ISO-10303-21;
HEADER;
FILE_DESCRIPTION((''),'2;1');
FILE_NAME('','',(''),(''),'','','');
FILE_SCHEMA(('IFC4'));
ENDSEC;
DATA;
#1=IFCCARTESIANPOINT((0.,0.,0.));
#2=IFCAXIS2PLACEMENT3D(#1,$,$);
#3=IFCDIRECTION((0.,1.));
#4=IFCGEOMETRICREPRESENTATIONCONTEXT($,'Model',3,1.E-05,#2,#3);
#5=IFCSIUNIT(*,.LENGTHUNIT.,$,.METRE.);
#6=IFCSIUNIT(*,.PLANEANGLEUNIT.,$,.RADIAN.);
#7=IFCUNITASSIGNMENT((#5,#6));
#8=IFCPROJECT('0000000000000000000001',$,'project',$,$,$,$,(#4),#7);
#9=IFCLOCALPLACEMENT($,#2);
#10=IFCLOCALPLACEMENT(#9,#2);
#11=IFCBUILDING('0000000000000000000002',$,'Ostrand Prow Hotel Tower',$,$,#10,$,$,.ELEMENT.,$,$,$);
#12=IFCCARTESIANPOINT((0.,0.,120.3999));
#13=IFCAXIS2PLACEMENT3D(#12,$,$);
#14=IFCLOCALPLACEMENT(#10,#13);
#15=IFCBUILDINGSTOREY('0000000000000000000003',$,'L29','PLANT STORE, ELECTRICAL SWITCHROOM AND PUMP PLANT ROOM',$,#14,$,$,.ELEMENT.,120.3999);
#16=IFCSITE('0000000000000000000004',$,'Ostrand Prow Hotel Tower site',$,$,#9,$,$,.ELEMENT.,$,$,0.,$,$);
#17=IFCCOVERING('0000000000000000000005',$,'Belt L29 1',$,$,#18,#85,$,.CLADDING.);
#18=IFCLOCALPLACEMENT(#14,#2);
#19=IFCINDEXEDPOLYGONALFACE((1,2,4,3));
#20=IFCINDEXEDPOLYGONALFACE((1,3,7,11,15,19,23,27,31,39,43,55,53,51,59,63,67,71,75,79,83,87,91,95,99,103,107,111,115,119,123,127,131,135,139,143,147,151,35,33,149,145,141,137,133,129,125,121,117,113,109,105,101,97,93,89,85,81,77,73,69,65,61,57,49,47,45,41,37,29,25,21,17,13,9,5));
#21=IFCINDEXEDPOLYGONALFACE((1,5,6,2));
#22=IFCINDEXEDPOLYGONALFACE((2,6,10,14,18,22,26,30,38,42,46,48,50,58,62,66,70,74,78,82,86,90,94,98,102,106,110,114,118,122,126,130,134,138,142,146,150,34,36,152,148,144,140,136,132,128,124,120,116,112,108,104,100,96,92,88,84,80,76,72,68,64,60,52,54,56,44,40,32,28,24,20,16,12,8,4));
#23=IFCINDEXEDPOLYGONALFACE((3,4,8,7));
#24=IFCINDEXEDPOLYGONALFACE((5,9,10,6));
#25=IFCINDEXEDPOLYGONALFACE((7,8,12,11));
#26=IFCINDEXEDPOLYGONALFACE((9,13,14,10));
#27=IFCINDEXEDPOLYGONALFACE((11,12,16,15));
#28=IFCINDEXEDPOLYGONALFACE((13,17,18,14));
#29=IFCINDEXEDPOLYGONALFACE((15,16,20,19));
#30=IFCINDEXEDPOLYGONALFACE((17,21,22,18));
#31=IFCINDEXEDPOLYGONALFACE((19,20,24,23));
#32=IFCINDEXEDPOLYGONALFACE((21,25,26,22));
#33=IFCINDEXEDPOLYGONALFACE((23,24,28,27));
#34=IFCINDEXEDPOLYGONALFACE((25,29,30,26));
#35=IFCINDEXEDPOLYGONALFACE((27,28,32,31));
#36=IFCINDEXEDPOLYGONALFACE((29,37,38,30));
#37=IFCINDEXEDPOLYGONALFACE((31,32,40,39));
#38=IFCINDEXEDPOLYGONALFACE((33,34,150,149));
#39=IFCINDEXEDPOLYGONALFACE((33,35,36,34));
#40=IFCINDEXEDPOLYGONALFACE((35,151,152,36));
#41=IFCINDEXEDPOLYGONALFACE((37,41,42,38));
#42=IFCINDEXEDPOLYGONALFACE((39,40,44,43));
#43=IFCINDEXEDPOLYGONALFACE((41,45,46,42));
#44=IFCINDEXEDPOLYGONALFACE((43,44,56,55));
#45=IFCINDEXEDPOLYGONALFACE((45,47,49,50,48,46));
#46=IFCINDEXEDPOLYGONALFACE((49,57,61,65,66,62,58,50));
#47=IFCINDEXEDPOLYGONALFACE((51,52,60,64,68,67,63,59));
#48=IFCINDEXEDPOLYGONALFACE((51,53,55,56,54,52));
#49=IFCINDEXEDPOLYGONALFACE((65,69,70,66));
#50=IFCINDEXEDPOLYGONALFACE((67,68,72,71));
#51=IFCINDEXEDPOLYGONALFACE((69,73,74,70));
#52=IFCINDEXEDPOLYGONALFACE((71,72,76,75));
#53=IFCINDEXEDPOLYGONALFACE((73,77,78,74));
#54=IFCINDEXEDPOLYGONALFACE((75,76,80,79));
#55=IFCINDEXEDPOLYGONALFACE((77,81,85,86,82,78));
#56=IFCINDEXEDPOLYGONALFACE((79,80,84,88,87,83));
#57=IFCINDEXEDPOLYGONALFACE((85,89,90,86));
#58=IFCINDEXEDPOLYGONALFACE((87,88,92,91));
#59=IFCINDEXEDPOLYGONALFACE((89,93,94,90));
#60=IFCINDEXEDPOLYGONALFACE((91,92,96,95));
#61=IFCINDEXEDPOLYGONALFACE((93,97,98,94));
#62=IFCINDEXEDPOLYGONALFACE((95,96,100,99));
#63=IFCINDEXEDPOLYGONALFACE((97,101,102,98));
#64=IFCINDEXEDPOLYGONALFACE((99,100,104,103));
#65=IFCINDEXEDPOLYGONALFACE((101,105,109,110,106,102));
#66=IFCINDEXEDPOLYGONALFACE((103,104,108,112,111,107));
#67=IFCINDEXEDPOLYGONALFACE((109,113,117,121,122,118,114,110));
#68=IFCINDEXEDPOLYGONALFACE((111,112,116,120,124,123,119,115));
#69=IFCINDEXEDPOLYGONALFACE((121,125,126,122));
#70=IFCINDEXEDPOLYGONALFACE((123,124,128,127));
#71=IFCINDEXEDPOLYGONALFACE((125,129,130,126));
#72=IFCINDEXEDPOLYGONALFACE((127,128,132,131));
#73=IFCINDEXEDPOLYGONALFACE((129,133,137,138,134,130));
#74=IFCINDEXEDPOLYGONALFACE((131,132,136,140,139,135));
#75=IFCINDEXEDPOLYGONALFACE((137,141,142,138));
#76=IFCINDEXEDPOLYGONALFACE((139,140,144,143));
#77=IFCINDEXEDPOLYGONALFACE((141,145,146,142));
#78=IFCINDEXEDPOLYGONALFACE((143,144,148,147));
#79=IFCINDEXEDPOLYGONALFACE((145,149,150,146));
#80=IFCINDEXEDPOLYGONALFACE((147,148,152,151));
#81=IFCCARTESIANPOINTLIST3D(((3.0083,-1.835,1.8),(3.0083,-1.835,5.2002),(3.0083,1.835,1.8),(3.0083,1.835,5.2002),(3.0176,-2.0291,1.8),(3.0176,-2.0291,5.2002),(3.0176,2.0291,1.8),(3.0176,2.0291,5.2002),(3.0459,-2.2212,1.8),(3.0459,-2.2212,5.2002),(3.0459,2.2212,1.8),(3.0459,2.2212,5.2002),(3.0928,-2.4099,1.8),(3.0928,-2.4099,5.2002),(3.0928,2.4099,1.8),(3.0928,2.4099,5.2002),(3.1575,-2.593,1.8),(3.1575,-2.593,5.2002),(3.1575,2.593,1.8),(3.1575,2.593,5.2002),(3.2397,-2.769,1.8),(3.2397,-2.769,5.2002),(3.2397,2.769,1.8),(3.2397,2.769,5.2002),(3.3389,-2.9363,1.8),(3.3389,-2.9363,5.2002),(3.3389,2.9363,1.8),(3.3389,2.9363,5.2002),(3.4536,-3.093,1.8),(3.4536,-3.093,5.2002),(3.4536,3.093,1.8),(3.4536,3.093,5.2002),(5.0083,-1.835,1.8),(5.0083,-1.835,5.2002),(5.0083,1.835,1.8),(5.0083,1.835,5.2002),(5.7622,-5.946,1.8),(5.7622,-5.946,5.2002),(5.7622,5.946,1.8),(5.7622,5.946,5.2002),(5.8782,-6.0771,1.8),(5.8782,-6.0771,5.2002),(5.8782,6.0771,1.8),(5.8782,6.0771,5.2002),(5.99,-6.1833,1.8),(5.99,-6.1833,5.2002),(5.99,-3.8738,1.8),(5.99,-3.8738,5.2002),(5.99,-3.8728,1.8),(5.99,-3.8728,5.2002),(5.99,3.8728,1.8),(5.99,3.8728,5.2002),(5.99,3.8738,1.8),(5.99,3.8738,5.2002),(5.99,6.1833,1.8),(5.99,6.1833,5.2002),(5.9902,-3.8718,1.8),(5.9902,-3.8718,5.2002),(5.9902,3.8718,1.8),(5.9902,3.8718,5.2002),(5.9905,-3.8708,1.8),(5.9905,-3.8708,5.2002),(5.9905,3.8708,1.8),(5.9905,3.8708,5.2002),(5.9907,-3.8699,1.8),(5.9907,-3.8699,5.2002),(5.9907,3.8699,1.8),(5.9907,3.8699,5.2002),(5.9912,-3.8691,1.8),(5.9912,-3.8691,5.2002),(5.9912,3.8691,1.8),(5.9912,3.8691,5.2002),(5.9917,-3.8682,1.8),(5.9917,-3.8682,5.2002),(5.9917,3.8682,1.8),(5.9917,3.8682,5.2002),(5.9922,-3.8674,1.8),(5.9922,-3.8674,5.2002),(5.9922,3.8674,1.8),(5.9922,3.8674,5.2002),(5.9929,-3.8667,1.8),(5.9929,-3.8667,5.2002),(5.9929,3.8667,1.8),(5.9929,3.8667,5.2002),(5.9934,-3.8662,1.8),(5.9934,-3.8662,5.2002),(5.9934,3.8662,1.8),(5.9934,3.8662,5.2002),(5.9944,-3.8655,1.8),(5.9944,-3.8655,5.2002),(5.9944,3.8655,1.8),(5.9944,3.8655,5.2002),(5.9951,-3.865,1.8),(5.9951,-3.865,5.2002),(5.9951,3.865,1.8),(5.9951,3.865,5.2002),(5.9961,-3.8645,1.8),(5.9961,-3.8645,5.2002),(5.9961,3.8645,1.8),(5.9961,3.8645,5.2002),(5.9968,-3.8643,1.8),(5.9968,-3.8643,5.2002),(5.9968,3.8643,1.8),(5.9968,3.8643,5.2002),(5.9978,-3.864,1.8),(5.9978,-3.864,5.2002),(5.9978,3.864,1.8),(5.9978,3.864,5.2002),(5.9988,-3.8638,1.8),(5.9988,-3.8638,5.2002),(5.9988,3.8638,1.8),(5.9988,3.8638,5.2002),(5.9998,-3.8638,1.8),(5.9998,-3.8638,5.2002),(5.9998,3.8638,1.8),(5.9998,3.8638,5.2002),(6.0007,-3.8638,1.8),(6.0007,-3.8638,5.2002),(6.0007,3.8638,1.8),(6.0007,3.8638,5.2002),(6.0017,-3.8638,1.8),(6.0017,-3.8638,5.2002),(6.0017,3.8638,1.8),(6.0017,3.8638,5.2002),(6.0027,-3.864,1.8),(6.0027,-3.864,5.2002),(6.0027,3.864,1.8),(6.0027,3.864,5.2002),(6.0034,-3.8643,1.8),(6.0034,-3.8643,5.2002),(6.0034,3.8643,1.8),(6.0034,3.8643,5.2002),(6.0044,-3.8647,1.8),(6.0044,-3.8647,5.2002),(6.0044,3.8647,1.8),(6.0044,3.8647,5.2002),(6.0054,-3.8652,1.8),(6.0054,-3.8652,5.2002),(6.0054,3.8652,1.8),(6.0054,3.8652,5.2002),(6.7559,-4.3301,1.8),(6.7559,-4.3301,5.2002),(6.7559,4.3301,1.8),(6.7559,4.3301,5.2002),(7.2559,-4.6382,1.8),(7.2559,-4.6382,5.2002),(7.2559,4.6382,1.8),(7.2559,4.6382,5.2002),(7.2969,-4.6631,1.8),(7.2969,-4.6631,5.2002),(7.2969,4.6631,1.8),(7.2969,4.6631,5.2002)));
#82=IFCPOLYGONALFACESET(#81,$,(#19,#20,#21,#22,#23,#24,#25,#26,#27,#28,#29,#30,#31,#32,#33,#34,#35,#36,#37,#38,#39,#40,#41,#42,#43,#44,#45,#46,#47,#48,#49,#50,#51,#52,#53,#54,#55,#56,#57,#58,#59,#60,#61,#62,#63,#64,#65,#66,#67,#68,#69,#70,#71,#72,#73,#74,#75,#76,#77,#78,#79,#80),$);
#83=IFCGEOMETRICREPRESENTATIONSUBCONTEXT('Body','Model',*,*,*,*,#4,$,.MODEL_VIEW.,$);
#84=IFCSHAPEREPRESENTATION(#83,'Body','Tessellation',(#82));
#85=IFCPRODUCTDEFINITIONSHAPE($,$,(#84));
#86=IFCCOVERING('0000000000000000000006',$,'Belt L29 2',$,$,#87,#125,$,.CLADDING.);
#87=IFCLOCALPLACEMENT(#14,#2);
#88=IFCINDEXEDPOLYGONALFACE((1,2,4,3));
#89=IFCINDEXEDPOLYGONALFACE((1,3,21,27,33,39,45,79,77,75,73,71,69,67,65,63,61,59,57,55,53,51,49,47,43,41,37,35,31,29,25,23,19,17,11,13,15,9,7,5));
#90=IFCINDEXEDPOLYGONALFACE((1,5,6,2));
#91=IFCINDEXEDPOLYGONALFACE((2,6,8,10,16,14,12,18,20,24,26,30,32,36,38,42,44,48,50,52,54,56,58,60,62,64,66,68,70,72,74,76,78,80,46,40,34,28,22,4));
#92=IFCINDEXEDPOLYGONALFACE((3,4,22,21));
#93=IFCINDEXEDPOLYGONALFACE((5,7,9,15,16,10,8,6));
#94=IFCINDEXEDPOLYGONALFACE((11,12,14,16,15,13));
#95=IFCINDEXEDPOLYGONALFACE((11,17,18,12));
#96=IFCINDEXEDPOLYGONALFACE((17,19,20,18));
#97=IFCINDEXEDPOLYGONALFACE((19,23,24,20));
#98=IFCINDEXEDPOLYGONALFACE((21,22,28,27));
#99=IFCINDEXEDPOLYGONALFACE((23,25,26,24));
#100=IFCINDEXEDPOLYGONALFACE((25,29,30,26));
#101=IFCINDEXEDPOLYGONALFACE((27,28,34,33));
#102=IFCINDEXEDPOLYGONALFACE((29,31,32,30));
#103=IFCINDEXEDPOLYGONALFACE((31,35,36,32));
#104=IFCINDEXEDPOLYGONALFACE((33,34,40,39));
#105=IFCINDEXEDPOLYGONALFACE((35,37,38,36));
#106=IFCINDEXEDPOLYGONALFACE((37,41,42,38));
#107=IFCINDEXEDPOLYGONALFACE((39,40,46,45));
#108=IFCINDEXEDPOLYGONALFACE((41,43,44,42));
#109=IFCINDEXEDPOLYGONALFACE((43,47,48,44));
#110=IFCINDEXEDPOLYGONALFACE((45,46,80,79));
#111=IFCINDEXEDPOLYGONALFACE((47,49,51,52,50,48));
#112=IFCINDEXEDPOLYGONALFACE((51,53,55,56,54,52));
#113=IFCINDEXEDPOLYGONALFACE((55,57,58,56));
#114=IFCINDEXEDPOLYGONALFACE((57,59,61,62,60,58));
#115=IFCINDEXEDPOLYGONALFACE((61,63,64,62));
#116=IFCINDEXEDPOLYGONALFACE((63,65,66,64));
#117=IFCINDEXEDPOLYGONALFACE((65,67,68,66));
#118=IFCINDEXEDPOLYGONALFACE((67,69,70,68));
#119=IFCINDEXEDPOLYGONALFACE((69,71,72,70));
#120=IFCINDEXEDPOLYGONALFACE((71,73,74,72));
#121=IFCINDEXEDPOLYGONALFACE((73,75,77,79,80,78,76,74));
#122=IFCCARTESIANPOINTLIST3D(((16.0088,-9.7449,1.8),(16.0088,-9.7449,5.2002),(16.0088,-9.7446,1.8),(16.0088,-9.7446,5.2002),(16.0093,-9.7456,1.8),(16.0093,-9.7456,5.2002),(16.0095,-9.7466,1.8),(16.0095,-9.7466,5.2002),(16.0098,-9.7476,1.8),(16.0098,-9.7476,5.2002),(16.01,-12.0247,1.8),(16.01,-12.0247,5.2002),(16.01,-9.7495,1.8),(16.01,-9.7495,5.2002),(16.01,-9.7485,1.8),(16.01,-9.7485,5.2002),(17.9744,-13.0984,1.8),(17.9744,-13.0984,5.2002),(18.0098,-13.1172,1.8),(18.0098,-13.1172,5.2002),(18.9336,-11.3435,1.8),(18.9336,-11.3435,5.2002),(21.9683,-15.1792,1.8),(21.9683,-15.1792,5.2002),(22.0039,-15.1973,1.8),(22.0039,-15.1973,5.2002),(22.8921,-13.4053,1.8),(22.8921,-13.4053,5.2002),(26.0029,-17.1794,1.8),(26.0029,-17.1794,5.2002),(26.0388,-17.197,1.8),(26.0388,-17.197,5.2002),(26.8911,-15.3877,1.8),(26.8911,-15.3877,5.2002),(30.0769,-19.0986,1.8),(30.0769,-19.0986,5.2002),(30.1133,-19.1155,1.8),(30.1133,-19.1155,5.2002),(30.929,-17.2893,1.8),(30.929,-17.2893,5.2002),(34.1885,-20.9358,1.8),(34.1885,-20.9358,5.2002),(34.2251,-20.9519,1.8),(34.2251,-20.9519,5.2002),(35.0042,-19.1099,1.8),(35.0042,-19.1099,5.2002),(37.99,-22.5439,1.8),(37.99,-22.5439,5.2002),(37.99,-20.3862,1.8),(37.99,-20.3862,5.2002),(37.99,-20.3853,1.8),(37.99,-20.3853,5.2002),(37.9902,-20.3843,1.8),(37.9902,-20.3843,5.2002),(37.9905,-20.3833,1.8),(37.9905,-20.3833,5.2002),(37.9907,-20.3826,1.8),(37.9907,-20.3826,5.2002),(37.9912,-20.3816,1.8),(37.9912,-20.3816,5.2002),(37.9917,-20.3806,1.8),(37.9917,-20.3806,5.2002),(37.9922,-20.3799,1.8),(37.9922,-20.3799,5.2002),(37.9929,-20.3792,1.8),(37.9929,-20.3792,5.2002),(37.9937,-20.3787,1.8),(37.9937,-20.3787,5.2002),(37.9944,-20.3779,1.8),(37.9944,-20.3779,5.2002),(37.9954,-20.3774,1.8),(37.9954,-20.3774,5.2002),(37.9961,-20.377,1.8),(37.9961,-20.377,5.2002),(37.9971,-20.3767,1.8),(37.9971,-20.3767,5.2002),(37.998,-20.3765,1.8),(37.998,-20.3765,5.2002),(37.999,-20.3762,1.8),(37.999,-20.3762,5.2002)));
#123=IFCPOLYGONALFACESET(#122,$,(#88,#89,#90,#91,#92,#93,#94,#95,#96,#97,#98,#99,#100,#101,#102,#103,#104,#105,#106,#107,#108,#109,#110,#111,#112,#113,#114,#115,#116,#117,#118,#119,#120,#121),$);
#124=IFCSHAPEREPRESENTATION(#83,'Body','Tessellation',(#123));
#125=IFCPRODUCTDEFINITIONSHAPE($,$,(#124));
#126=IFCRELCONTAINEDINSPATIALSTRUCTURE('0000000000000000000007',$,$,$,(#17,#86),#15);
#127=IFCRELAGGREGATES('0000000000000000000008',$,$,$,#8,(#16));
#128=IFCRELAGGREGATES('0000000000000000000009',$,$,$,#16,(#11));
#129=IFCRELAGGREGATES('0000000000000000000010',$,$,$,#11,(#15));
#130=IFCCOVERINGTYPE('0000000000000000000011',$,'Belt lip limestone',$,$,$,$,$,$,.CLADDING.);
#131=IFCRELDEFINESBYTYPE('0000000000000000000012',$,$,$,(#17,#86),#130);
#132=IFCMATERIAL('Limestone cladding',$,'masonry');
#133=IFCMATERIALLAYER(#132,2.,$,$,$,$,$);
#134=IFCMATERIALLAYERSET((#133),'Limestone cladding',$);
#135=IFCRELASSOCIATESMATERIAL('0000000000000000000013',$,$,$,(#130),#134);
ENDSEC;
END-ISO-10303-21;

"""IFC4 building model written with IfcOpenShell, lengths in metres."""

from ifc_helpers import new_model, si_unit, direction, frame, origin, place, context, subcontext, project, spatial, polyline, outline, extrude, material, layer, layer_set, type_object, element, save


model = new_model("IFC4")

# Units and contexts
model_context = context("Model", 3, precision=1e-05, world=origin(), true_north=direction((0.0, 1.0)))
body_context = subcontext(model_context, "Body", "Model", "MODEL_VIEW")
ifc_project = project(units=[si_unit("LENGTHUNIT", "METRE"), si_unit("PLANEANGLEUNIT", "RADIAN")], contexts=[model_context])

# Site, building, storey
site_placement = place(None, origin())
site = spatial("IfcSite", under=ifc_project, at=site_placement, Name="Ostrand Prow Hotel Tower site", CompositionType="ELEMENT", RefElevation=0.0)
building_placement = place(site_placement, origin())
building = spatial("IfcBuilding", under=site, at=building_placement, Name="Ostrand Prow Hotel Tower", CompositionType="ELEMENT")
storey_placement = place(building_placement, frame((0.0, 0.0, 120.3999)))
storey = spatial("IfcBuildingStorey", under=building, at=storey_placement, Name="L29", Description="PLANT STORE, ELECTRICAL SWITCHROOM AND PUMP PLANT ROOM", CompositionType="ELEMENT", Elevation=120.3999)

# Coverings
ifc_material_1 = material(Name="Limestone cladding", Category="masonry")
ifc_layer_1 = layer(ifc_material_1, 2.0)
ifc_layer_set_1 = layer_set([ifc_layer_1], Name="Limestone cladding")
covering_type_1 = type_object("IfcCoveringType", Name="Belt lip limestone", PredefinedType="CLADDING", material=ifc_layer_set_1)
covering_1_placement = place(storey_placement, frame((0.0, 0.0, 1.8)))
element("IfcCovering", 1, at=covering_1_placement, inside=storey, type_object=covering_type_1, Name="Belt L29 1", PredefinedType="CLADDING", context=body_context, shape_type="SweptSolid", body=[
    extrude(outline(polyline([(5.8782, -6.0771), (5.99, -6.1833), (5.99, -3.8738), (5.99, -3.8728), (5.9902, -3.8718), (5.9905, -3.8708), (5.9907, -3.8699), (5.9912, -3.8691), (5.9917, -3.8682), (5.9922, -3.8674), (5.9929, -3.8667), (5.9934, -3.8662), (5.9944, -3.8655), (5.9951, -3.865), (5.9961, -3.8645), (5.9968, -3.8643), (5.9978, -3.864), (5.9988, -3.8638), (5.9998, -3.8638), (6.0007, -3.8638), (6.0017, -3.8638), (6.0027, -3.864), (6.0034, -3.8643), (6.0044, -3.8647), (6.0054, -3.8652), (6.7559, -4.3301), (7.2559, -4.6382), (7.2969, -4.6631), (5.0083, -1.835), (5.0083, 1.835), (7.2969, 4.6631), (7.2559, 4.6382), (6.7559, 4.3301), (6.0054, 3.8652), (6.0044, 3.8647), (6.0034, 3.8643), (6.0027, 3.864), (6.0017, 3.8638), (6.0007, 3.8638), (5.9998, 3.8638), (5.9988, 3.8638), (5.9978, 3.864), (5.9968, 3.8643), (5.9961, 3.8645), (5.9951, 3.865), (5.9944, 3.8655), (5.9934, 3.8662), (5.9929, 3.8667), (5.9922, 3.8674), (5.9917, 3.8682), (5.9912, 3.8691), (5.9907, 3.8699), (5.9905, 3.8708), (5.9902, 3.8718), (5.99, 3.8728), (5.99, 3.8738), (5.99, 6.1833), (5.8782, 6.0771), (5.7622, 5.946), (3.4536, 3.093), (3.3389, 2.9363), (3.2397, 2.769), (3.1575, 2.593), (3.0928, 2.4099), (3.0459, 2.2212), (3.0176, 2.0291), (3.0083, 1.835), (3.0083, -1.835), (3.0176, -2.0291), (3.0459, -2.2212), (3.0928, -2.4099), (3.1575, -2.593), (3.2397, -2.769), (3.3389, -2.9363), (3.4536, -3.093), (5.7622, -5.946), (5.8782, -6.0771)])), origin(), (0.0, 0.0, 1.0), 3.4001),
])
covering_2_placement = place(storey_placement, frame((0.0, 0.0, 1.8)))
element("IfcCovering", 2, at=covering_2_placement, inside=storey, type_object=covering_type_1, Name="Belt L29 2", PredefinedType="CLADDING", context=body_context, shape_type="SweptSolid", body=[
    extrude(outline(polyline([(34.2251, -20.9519), (37.99, -22.5439), (37.99, -20.3862), (37.99, -20.3853), (37.9902, -20.3843), (37.9905, -20.3833), (37.9907, -20.3826), (37.9912, -20.3816), (37.9917, -20.3806), (37.9922, -20.3799), (37.9929, -20.3792), (37.9937, -20.3787), (37.9944, -20.3779), (37.9954, -20.3774), (37.9961, -20.377), (37.9971, -20.3767), (37.998, -20.3765), (37.999, -20.3762), (37.999, -20.3762), (35.0042, -19.1099), (30.929, -17.2893), (26.8911, -15.3877), (22.8921, -13.4053), (18.9336, -11.3435), (16.0088, -9.7446), (16.0088, -9.7449), (16.0093, -9.7456), (16.0095, -9.7466), (16.0098, -9.7476), (16.01, -9.7485), (16.01, -9.7495), (16.01, -12.0247), (17.9744, -13.0984), (18.0098, -13.1172), (21.9683, -15.1792), (22.0039, -15.1973), (26.0029, -17.1794), (26.0388, -17.197), (30.0769, -19.0986), (30.1133, -19.1155), (34.1885, -20.9358), (34.2251, -20.9519)])), origin(), (0.0, 0.0, 1.0), 3.4001),
])

save(model, "model.ifc")
